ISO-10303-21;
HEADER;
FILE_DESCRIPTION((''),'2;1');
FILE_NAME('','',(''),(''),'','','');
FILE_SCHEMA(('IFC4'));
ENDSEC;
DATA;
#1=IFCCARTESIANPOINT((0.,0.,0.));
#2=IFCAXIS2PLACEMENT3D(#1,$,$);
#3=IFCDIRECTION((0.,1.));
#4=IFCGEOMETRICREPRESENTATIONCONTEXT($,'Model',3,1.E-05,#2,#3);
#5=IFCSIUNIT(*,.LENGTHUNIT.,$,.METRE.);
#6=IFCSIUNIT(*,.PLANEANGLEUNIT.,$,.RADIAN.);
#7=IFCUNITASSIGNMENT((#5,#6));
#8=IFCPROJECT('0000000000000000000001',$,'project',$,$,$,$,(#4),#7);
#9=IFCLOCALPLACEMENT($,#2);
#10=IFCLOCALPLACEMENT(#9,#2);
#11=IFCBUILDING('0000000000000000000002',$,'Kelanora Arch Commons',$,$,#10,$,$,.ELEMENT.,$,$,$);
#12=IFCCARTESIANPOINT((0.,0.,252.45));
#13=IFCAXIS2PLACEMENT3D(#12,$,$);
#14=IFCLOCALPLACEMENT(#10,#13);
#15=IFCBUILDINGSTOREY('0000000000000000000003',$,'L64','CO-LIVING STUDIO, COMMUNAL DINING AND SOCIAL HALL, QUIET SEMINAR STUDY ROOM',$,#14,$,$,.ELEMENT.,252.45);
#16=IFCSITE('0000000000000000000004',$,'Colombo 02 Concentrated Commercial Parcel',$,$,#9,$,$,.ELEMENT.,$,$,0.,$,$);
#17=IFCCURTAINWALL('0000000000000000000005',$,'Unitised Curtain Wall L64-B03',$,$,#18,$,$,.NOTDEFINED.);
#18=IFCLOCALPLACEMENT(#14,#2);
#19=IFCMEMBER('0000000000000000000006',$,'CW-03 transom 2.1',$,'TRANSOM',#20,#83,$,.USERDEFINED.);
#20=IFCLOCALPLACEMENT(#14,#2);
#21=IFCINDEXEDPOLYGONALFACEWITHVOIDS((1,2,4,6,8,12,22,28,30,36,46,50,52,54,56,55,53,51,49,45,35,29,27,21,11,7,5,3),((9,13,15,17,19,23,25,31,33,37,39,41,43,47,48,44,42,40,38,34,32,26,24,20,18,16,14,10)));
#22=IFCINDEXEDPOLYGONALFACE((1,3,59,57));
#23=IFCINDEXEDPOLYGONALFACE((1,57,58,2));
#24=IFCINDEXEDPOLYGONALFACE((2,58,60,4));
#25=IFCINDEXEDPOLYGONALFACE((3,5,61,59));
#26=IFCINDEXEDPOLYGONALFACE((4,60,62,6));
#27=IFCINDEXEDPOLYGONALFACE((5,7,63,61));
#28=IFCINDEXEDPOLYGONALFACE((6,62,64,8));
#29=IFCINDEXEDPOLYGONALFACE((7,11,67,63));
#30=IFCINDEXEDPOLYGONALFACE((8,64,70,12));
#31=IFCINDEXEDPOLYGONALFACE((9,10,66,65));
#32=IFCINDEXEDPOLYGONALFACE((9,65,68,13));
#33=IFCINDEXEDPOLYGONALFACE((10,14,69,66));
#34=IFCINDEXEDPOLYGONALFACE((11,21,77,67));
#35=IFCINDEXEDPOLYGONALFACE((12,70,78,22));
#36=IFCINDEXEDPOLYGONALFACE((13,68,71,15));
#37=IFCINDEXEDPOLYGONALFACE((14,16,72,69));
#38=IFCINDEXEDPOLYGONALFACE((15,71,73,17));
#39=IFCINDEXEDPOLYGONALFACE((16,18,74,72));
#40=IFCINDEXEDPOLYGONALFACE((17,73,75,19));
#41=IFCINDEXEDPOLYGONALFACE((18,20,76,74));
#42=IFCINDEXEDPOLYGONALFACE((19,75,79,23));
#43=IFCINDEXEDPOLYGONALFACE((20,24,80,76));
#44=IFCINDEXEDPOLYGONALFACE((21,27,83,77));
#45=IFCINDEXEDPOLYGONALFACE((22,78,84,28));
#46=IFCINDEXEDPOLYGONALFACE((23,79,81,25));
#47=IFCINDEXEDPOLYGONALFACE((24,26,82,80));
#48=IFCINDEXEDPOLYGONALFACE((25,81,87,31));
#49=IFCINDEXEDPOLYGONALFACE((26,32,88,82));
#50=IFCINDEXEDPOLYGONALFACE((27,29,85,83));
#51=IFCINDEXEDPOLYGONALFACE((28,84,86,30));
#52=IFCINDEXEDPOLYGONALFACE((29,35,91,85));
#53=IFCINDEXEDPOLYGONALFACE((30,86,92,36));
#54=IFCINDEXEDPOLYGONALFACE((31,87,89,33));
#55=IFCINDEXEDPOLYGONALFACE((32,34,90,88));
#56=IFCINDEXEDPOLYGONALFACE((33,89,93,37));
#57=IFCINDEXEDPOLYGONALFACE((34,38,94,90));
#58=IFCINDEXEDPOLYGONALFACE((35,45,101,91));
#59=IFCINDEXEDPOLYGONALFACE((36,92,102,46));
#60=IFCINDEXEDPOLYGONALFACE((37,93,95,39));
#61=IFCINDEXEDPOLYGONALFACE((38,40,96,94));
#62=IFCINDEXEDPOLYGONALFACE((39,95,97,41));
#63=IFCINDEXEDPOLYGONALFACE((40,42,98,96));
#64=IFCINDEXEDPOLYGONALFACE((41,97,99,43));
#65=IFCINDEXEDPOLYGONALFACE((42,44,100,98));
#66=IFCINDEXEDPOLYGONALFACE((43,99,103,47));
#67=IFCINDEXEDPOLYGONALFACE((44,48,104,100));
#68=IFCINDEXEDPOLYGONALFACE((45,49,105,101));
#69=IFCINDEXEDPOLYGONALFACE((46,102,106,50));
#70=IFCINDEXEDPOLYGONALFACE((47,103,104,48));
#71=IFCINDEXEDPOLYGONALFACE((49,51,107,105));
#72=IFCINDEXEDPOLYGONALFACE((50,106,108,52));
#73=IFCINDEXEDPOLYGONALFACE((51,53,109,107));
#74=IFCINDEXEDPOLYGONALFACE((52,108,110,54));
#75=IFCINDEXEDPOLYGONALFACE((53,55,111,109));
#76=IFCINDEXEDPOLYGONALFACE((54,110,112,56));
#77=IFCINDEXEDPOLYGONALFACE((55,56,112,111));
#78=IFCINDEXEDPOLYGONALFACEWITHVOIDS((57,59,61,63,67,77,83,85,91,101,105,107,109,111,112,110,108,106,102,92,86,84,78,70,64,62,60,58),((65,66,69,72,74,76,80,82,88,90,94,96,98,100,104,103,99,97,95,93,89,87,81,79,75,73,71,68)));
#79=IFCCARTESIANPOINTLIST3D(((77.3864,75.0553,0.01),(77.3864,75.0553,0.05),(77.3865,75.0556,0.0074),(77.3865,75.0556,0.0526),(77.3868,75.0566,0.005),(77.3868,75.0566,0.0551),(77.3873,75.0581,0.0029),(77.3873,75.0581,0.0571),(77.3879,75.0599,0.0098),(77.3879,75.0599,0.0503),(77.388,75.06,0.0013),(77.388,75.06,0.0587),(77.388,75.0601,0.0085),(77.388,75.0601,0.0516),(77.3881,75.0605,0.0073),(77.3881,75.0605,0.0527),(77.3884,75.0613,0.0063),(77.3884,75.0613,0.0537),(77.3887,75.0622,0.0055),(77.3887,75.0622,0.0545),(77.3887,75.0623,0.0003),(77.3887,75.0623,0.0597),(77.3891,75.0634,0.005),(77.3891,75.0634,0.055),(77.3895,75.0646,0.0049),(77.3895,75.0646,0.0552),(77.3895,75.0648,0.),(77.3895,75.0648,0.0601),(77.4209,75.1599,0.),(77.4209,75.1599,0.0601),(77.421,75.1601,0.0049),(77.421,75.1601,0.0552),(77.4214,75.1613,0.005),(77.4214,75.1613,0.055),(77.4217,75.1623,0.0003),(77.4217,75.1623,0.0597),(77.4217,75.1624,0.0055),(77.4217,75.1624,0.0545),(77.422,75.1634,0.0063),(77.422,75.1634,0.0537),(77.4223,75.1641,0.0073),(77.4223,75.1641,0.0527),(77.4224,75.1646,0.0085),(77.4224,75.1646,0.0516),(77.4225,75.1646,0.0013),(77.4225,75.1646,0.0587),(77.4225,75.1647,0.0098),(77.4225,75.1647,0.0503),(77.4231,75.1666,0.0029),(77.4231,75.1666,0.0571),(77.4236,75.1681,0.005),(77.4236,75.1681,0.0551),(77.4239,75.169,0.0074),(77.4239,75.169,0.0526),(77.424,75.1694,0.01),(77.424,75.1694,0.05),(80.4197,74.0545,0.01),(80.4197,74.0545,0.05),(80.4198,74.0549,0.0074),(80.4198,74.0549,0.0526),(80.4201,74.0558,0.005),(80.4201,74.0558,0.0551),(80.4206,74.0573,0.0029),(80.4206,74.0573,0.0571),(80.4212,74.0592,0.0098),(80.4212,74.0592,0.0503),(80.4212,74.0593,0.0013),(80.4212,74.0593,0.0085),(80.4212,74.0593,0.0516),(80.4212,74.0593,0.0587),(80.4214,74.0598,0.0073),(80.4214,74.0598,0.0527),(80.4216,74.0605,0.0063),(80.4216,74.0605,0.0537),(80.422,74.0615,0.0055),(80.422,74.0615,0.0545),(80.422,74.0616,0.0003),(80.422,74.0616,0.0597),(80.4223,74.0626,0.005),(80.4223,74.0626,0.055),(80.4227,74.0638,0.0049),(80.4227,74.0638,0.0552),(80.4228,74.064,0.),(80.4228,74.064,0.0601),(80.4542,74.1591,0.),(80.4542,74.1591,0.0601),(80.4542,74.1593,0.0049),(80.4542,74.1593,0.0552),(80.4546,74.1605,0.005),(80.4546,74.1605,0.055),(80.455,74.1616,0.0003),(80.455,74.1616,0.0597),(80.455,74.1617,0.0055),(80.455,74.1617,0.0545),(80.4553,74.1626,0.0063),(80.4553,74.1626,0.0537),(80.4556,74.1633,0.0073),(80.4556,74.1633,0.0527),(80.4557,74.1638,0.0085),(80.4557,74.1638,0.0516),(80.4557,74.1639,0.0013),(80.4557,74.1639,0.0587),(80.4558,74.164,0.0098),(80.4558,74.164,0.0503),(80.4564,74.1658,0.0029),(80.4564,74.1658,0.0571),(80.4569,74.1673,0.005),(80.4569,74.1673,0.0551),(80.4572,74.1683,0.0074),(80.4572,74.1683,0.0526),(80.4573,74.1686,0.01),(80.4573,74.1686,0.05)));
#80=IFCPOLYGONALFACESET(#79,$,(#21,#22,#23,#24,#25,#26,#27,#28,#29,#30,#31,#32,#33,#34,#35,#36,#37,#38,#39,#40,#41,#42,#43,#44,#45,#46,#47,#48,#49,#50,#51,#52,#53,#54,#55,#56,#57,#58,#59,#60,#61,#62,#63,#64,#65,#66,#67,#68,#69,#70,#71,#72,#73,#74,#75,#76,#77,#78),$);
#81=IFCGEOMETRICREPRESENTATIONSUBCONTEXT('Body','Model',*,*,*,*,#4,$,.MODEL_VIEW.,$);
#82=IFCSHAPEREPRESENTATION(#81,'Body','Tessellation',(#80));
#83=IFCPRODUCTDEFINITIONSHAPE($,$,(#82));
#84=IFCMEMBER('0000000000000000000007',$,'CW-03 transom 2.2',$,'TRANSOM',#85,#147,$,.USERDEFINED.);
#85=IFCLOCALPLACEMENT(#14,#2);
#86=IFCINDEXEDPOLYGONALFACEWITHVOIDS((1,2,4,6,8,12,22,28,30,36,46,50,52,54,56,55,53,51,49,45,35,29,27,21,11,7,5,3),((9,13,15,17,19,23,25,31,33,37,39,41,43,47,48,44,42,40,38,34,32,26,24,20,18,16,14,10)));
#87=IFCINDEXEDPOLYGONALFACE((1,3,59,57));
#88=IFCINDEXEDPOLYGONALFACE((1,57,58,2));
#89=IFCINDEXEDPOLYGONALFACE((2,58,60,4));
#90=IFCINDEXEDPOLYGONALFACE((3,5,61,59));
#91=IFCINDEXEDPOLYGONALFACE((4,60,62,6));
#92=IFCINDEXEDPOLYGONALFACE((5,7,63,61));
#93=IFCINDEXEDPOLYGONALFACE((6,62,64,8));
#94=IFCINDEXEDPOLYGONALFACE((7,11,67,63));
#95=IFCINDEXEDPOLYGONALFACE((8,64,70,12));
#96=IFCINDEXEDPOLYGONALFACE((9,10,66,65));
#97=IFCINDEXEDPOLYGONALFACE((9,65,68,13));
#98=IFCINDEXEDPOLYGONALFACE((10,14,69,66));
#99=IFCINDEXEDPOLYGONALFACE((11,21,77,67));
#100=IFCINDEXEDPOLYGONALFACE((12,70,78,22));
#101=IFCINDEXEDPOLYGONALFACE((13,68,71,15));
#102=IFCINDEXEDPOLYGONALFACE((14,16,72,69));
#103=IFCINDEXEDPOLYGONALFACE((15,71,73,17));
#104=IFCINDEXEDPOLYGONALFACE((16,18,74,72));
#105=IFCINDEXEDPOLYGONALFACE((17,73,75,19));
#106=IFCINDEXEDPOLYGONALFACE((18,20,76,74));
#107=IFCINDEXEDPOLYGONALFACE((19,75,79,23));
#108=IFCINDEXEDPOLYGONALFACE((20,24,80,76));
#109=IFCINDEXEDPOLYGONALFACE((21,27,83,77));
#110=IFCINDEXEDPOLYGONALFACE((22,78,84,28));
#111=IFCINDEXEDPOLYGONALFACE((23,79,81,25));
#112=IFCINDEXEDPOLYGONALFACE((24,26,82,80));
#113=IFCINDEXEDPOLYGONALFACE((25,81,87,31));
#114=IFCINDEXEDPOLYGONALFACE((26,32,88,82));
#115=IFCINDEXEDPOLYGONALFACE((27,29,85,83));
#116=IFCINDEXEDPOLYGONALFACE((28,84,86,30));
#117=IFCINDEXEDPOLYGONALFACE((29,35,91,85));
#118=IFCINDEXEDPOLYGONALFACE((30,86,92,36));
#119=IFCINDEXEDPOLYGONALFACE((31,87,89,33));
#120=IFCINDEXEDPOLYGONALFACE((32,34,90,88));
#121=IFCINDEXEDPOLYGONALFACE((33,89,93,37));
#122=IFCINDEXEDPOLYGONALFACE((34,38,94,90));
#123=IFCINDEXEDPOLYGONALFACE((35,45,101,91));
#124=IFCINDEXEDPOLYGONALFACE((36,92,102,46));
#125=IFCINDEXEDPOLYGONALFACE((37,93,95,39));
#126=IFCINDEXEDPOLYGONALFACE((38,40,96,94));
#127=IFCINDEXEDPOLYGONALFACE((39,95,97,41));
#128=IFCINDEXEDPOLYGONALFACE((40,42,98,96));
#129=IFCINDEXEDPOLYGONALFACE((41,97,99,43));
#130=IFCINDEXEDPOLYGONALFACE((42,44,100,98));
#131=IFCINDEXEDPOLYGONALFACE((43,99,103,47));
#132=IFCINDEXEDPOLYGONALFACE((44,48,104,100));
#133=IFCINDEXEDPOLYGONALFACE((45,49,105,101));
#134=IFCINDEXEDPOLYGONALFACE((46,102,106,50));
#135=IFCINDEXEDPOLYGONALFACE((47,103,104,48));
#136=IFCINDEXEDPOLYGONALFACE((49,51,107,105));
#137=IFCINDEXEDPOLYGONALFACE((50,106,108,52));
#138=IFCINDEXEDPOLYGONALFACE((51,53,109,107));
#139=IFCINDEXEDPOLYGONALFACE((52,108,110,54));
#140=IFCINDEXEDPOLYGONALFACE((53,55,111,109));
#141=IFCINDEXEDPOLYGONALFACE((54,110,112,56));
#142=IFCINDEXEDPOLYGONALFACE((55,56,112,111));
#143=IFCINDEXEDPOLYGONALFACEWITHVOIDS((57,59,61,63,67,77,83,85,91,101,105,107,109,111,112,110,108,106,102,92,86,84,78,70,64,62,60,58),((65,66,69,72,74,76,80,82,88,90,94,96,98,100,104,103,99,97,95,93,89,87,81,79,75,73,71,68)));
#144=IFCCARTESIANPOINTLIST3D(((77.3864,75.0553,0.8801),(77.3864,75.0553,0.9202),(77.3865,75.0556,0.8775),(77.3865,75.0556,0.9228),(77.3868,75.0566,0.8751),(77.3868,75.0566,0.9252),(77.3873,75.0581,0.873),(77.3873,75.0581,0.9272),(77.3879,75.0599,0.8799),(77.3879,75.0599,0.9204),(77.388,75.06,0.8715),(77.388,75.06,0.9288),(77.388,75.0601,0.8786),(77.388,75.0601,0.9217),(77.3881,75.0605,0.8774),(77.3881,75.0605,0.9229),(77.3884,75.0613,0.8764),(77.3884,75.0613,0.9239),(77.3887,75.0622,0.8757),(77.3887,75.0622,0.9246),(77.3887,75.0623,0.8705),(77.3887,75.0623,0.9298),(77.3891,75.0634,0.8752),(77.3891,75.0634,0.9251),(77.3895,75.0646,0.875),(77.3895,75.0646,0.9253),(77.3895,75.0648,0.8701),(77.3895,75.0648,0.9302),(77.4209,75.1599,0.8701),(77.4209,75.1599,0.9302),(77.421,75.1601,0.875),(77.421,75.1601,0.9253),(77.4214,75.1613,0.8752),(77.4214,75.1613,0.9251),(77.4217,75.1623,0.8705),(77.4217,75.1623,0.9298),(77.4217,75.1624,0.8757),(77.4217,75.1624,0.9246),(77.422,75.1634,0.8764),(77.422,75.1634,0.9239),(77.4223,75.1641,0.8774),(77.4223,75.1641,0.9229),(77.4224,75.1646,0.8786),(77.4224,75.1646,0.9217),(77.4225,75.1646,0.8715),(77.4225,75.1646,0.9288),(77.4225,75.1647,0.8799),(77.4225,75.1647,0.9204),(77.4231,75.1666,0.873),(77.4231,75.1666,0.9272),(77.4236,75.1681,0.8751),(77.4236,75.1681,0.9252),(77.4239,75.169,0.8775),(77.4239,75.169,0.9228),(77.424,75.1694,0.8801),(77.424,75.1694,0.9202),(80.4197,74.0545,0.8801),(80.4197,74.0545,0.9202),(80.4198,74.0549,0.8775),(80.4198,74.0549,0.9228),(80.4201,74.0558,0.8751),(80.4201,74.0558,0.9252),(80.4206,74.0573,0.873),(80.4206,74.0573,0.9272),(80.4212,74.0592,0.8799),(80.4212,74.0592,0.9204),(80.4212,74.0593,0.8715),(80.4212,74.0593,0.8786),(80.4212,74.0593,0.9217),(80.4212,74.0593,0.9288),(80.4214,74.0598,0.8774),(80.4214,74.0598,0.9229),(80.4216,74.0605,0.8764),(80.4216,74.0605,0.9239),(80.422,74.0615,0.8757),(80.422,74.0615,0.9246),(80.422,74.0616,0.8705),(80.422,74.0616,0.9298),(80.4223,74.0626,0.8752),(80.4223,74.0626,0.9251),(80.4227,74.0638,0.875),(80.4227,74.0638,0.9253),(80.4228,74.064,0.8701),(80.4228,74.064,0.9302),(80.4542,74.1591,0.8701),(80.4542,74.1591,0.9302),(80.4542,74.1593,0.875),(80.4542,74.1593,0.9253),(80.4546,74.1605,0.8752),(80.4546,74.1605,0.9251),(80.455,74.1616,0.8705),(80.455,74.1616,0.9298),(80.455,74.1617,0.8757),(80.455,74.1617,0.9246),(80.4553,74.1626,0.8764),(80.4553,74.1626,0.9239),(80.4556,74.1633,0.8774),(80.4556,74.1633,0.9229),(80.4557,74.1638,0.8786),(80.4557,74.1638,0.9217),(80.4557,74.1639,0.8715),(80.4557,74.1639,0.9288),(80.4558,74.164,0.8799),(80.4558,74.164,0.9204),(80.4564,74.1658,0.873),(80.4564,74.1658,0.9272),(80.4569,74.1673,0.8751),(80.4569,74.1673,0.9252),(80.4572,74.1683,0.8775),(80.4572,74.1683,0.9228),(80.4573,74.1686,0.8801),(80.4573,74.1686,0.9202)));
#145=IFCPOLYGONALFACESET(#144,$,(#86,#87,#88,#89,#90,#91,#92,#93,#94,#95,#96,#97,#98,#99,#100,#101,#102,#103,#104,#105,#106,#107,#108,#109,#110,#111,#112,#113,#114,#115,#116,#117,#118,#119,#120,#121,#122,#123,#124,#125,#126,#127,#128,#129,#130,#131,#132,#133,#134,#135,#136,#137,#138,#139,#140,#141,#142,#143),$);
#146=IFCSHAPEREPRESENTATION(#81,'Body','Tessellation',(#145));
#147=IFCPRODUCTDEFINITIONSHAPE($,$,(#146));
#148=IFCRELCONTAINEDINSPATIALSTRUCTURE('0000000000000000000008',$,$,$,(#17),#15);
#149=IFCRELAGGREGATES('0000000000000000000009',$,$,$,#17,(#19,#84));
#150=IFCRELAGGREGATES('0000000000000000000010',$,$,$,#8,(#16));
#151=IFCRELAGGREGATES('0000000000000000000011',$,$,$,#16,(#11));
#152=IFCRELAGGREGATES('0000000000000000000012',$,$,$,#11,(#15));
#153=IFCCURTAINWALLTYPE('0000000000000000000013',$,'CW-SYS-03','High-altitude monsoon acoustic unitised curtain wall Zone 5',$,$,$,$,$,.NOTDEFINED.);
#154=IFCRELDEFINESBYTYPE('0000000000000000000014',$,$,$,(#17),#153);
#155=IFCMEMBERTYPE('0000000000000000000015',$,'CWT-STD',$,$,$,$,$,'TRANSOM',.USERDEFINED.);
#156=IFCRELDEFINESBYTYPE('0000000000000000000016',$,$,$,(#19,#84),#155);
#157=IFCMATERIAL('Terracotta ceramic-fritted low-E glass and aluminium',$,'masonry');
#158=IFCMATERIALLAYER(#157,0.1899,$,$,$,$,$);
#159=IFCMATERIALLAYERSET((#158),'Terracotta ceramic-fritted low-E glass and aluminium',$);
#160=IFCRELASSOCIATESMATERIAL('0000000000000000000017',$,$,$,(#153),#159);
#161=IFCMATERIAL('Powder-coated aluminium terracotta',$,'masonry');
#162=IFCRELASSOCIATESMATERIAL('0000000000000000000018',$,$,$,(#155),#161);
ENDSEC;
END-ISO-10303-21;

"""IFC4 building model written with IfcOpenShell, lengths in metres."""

from ifc_helpers import new_model, si_unit, direction, frame, origin, origin_2d, place, context, subcontext, project, spatial, hollow_rectangle, extrude, material, layer, layer_set, material_profile, profile_set, type_object, element, aggregate, save


model = new_model("IFC4")

# Units and contexts
model_context = context("Model", 3, precision=1e-05, world=origin(), true_north=direction((0.0, 1.0)))
body_context = subcontext(model_context, "Body", "Model", "MODEL_VIEW")
ifc_project = project(units=[si_unit("LENGTHUNIT", "METRE"), si_unit("PLANEANGLEUNIT", "RADIAN")], contexts=[model_context])

# Site, building, storey
site_placement = place(None, origin())
site = spatial("IfcSite", under=ifc_project, at=site_placement, Name="Colombo 02 Concentrated Commercial Parcel", CompositionType="ELEMENT", RefElevation=0.0)
building_placement = place(site_placement, origin())
building = spatial("IfcBuilding", under=site, at=building_placement, Name="Kelanora Arch Commons", CompositionType="ELEMENT")
storey_placement = place(building_placement, frame((0.0, 0.0, 252.45)))
storey = spatial("IfcBuildingStorey", under=building, at=storey_placement, Name="L64", Description="CO-LIVING STUDIO, COMMUNAL DINING AND SOCIAL HALL, QUIET SEMINAR STUDY ROOM", CompositionType="ELEMENT", Elevation=252.45)

# Curtain wall, members
ifc_material_1 = material(Name="Terracotta ceramic-fritted low-E glass and aluminium", Category="masonry")
ifc_layer_1 = layer(ifc_material_1, 0.1899)
ifc_layer_set_1 = layer_set([ifc_layer_1], Name="Terracotta ceramic-fritted low-E glass and aluminium")
curtain_wall_type = type_object("IfcCurtainWallType", Name="CW-SYS-03", Description="High-altitude monsoon acoustic unitised curtain wall Zone 5", PredefinedType="NOTDEFINED", material=ifc_layer_set_1)
curtain_wall_placement = place(storey_placement, origin())
curtain_wall = element("IfcCurtainWall", 1, at=curtain_wall_placement, inside=storey, type_object=curtain_wall_type, Name="Unitised Curtain Wall L64-B03", PredefinedType="NOTDEFINED")
ifc_material_2 = material(Name="Powder-coated aluminium terracotta", Category="masonry")
ifc_material_profile_1 = material_profile(ifc_material_2, hollow_rectangle(XDim=0.1201, YDim=0.0601, WallThickness=0.0049, InnerFilletRadius=0.0049, OuterFilletRadius=0.01, at=origin_2d()), Name="CWT120x60")
ifc_profile_set_1 = profile_set([ifc_material_profile_1], Name="Powder-coated aluminium terracotta")
member_type_1 = type_object("IfcMemberType", Name="CWT-STD", ElementType="TRANSOM", PredefinedType="USERDEFINED", material=ifc_profile_set_1)
member_1_placement = place(storey_placement, frame((80.4385, 74.1116, 0.03), z_axis=(-0.94965, 0.313314, 0.0), x_axis=(-0.313314, -0.94965, 0.0)))
member_1 = element("IfcMember", 2, at=member_1_placement, type_object=member_type_1, Name="CW-03 transom 2.1", ObjectType="TRANSOM", PredefinedType="USERDEFINED", context=body_context, shape_type="SweptSolid", body=[
    extrude(hollow_rectangle(XDim=0.1201, YDim=0.0601, WallThickness=0.0049, InnerFilletRadius=0.0049, OuterFilletRadius=0.01, at=origin_2d()), origin(), (0.0, 0.0, 1.0), 3.1941),
])
member_2_placement = place(storey_placement, frame((80.4385, 74.1116, 0.9001), z_axis=(-0.94965, 0.313314, 0.0), x_axis=(-0.313314, -0.94965, 0.0)))
member_2 = element("IfcMember", 3, at=member_2_placement, type_object=member_type_1, Name="CW-03 transom 2.2", ObjectType="TRANSOM", PredefinedType="USERDEFINED", context=body_context, shape_type="SweptSolid", body=[
    extrude(hollow_rectangle(XDim=0.1201, YDim=0.0601, WallThickness=0.0049, InnerFilletRadius=0.0049, OuterFilletRadius=0.01, at=origin_2d()), origin(), (0.0, 0.0, 1.0), 3.1941),
])
aggregate(curtain_wall, [member_1, member_2])

save(model, "model.ifc")
